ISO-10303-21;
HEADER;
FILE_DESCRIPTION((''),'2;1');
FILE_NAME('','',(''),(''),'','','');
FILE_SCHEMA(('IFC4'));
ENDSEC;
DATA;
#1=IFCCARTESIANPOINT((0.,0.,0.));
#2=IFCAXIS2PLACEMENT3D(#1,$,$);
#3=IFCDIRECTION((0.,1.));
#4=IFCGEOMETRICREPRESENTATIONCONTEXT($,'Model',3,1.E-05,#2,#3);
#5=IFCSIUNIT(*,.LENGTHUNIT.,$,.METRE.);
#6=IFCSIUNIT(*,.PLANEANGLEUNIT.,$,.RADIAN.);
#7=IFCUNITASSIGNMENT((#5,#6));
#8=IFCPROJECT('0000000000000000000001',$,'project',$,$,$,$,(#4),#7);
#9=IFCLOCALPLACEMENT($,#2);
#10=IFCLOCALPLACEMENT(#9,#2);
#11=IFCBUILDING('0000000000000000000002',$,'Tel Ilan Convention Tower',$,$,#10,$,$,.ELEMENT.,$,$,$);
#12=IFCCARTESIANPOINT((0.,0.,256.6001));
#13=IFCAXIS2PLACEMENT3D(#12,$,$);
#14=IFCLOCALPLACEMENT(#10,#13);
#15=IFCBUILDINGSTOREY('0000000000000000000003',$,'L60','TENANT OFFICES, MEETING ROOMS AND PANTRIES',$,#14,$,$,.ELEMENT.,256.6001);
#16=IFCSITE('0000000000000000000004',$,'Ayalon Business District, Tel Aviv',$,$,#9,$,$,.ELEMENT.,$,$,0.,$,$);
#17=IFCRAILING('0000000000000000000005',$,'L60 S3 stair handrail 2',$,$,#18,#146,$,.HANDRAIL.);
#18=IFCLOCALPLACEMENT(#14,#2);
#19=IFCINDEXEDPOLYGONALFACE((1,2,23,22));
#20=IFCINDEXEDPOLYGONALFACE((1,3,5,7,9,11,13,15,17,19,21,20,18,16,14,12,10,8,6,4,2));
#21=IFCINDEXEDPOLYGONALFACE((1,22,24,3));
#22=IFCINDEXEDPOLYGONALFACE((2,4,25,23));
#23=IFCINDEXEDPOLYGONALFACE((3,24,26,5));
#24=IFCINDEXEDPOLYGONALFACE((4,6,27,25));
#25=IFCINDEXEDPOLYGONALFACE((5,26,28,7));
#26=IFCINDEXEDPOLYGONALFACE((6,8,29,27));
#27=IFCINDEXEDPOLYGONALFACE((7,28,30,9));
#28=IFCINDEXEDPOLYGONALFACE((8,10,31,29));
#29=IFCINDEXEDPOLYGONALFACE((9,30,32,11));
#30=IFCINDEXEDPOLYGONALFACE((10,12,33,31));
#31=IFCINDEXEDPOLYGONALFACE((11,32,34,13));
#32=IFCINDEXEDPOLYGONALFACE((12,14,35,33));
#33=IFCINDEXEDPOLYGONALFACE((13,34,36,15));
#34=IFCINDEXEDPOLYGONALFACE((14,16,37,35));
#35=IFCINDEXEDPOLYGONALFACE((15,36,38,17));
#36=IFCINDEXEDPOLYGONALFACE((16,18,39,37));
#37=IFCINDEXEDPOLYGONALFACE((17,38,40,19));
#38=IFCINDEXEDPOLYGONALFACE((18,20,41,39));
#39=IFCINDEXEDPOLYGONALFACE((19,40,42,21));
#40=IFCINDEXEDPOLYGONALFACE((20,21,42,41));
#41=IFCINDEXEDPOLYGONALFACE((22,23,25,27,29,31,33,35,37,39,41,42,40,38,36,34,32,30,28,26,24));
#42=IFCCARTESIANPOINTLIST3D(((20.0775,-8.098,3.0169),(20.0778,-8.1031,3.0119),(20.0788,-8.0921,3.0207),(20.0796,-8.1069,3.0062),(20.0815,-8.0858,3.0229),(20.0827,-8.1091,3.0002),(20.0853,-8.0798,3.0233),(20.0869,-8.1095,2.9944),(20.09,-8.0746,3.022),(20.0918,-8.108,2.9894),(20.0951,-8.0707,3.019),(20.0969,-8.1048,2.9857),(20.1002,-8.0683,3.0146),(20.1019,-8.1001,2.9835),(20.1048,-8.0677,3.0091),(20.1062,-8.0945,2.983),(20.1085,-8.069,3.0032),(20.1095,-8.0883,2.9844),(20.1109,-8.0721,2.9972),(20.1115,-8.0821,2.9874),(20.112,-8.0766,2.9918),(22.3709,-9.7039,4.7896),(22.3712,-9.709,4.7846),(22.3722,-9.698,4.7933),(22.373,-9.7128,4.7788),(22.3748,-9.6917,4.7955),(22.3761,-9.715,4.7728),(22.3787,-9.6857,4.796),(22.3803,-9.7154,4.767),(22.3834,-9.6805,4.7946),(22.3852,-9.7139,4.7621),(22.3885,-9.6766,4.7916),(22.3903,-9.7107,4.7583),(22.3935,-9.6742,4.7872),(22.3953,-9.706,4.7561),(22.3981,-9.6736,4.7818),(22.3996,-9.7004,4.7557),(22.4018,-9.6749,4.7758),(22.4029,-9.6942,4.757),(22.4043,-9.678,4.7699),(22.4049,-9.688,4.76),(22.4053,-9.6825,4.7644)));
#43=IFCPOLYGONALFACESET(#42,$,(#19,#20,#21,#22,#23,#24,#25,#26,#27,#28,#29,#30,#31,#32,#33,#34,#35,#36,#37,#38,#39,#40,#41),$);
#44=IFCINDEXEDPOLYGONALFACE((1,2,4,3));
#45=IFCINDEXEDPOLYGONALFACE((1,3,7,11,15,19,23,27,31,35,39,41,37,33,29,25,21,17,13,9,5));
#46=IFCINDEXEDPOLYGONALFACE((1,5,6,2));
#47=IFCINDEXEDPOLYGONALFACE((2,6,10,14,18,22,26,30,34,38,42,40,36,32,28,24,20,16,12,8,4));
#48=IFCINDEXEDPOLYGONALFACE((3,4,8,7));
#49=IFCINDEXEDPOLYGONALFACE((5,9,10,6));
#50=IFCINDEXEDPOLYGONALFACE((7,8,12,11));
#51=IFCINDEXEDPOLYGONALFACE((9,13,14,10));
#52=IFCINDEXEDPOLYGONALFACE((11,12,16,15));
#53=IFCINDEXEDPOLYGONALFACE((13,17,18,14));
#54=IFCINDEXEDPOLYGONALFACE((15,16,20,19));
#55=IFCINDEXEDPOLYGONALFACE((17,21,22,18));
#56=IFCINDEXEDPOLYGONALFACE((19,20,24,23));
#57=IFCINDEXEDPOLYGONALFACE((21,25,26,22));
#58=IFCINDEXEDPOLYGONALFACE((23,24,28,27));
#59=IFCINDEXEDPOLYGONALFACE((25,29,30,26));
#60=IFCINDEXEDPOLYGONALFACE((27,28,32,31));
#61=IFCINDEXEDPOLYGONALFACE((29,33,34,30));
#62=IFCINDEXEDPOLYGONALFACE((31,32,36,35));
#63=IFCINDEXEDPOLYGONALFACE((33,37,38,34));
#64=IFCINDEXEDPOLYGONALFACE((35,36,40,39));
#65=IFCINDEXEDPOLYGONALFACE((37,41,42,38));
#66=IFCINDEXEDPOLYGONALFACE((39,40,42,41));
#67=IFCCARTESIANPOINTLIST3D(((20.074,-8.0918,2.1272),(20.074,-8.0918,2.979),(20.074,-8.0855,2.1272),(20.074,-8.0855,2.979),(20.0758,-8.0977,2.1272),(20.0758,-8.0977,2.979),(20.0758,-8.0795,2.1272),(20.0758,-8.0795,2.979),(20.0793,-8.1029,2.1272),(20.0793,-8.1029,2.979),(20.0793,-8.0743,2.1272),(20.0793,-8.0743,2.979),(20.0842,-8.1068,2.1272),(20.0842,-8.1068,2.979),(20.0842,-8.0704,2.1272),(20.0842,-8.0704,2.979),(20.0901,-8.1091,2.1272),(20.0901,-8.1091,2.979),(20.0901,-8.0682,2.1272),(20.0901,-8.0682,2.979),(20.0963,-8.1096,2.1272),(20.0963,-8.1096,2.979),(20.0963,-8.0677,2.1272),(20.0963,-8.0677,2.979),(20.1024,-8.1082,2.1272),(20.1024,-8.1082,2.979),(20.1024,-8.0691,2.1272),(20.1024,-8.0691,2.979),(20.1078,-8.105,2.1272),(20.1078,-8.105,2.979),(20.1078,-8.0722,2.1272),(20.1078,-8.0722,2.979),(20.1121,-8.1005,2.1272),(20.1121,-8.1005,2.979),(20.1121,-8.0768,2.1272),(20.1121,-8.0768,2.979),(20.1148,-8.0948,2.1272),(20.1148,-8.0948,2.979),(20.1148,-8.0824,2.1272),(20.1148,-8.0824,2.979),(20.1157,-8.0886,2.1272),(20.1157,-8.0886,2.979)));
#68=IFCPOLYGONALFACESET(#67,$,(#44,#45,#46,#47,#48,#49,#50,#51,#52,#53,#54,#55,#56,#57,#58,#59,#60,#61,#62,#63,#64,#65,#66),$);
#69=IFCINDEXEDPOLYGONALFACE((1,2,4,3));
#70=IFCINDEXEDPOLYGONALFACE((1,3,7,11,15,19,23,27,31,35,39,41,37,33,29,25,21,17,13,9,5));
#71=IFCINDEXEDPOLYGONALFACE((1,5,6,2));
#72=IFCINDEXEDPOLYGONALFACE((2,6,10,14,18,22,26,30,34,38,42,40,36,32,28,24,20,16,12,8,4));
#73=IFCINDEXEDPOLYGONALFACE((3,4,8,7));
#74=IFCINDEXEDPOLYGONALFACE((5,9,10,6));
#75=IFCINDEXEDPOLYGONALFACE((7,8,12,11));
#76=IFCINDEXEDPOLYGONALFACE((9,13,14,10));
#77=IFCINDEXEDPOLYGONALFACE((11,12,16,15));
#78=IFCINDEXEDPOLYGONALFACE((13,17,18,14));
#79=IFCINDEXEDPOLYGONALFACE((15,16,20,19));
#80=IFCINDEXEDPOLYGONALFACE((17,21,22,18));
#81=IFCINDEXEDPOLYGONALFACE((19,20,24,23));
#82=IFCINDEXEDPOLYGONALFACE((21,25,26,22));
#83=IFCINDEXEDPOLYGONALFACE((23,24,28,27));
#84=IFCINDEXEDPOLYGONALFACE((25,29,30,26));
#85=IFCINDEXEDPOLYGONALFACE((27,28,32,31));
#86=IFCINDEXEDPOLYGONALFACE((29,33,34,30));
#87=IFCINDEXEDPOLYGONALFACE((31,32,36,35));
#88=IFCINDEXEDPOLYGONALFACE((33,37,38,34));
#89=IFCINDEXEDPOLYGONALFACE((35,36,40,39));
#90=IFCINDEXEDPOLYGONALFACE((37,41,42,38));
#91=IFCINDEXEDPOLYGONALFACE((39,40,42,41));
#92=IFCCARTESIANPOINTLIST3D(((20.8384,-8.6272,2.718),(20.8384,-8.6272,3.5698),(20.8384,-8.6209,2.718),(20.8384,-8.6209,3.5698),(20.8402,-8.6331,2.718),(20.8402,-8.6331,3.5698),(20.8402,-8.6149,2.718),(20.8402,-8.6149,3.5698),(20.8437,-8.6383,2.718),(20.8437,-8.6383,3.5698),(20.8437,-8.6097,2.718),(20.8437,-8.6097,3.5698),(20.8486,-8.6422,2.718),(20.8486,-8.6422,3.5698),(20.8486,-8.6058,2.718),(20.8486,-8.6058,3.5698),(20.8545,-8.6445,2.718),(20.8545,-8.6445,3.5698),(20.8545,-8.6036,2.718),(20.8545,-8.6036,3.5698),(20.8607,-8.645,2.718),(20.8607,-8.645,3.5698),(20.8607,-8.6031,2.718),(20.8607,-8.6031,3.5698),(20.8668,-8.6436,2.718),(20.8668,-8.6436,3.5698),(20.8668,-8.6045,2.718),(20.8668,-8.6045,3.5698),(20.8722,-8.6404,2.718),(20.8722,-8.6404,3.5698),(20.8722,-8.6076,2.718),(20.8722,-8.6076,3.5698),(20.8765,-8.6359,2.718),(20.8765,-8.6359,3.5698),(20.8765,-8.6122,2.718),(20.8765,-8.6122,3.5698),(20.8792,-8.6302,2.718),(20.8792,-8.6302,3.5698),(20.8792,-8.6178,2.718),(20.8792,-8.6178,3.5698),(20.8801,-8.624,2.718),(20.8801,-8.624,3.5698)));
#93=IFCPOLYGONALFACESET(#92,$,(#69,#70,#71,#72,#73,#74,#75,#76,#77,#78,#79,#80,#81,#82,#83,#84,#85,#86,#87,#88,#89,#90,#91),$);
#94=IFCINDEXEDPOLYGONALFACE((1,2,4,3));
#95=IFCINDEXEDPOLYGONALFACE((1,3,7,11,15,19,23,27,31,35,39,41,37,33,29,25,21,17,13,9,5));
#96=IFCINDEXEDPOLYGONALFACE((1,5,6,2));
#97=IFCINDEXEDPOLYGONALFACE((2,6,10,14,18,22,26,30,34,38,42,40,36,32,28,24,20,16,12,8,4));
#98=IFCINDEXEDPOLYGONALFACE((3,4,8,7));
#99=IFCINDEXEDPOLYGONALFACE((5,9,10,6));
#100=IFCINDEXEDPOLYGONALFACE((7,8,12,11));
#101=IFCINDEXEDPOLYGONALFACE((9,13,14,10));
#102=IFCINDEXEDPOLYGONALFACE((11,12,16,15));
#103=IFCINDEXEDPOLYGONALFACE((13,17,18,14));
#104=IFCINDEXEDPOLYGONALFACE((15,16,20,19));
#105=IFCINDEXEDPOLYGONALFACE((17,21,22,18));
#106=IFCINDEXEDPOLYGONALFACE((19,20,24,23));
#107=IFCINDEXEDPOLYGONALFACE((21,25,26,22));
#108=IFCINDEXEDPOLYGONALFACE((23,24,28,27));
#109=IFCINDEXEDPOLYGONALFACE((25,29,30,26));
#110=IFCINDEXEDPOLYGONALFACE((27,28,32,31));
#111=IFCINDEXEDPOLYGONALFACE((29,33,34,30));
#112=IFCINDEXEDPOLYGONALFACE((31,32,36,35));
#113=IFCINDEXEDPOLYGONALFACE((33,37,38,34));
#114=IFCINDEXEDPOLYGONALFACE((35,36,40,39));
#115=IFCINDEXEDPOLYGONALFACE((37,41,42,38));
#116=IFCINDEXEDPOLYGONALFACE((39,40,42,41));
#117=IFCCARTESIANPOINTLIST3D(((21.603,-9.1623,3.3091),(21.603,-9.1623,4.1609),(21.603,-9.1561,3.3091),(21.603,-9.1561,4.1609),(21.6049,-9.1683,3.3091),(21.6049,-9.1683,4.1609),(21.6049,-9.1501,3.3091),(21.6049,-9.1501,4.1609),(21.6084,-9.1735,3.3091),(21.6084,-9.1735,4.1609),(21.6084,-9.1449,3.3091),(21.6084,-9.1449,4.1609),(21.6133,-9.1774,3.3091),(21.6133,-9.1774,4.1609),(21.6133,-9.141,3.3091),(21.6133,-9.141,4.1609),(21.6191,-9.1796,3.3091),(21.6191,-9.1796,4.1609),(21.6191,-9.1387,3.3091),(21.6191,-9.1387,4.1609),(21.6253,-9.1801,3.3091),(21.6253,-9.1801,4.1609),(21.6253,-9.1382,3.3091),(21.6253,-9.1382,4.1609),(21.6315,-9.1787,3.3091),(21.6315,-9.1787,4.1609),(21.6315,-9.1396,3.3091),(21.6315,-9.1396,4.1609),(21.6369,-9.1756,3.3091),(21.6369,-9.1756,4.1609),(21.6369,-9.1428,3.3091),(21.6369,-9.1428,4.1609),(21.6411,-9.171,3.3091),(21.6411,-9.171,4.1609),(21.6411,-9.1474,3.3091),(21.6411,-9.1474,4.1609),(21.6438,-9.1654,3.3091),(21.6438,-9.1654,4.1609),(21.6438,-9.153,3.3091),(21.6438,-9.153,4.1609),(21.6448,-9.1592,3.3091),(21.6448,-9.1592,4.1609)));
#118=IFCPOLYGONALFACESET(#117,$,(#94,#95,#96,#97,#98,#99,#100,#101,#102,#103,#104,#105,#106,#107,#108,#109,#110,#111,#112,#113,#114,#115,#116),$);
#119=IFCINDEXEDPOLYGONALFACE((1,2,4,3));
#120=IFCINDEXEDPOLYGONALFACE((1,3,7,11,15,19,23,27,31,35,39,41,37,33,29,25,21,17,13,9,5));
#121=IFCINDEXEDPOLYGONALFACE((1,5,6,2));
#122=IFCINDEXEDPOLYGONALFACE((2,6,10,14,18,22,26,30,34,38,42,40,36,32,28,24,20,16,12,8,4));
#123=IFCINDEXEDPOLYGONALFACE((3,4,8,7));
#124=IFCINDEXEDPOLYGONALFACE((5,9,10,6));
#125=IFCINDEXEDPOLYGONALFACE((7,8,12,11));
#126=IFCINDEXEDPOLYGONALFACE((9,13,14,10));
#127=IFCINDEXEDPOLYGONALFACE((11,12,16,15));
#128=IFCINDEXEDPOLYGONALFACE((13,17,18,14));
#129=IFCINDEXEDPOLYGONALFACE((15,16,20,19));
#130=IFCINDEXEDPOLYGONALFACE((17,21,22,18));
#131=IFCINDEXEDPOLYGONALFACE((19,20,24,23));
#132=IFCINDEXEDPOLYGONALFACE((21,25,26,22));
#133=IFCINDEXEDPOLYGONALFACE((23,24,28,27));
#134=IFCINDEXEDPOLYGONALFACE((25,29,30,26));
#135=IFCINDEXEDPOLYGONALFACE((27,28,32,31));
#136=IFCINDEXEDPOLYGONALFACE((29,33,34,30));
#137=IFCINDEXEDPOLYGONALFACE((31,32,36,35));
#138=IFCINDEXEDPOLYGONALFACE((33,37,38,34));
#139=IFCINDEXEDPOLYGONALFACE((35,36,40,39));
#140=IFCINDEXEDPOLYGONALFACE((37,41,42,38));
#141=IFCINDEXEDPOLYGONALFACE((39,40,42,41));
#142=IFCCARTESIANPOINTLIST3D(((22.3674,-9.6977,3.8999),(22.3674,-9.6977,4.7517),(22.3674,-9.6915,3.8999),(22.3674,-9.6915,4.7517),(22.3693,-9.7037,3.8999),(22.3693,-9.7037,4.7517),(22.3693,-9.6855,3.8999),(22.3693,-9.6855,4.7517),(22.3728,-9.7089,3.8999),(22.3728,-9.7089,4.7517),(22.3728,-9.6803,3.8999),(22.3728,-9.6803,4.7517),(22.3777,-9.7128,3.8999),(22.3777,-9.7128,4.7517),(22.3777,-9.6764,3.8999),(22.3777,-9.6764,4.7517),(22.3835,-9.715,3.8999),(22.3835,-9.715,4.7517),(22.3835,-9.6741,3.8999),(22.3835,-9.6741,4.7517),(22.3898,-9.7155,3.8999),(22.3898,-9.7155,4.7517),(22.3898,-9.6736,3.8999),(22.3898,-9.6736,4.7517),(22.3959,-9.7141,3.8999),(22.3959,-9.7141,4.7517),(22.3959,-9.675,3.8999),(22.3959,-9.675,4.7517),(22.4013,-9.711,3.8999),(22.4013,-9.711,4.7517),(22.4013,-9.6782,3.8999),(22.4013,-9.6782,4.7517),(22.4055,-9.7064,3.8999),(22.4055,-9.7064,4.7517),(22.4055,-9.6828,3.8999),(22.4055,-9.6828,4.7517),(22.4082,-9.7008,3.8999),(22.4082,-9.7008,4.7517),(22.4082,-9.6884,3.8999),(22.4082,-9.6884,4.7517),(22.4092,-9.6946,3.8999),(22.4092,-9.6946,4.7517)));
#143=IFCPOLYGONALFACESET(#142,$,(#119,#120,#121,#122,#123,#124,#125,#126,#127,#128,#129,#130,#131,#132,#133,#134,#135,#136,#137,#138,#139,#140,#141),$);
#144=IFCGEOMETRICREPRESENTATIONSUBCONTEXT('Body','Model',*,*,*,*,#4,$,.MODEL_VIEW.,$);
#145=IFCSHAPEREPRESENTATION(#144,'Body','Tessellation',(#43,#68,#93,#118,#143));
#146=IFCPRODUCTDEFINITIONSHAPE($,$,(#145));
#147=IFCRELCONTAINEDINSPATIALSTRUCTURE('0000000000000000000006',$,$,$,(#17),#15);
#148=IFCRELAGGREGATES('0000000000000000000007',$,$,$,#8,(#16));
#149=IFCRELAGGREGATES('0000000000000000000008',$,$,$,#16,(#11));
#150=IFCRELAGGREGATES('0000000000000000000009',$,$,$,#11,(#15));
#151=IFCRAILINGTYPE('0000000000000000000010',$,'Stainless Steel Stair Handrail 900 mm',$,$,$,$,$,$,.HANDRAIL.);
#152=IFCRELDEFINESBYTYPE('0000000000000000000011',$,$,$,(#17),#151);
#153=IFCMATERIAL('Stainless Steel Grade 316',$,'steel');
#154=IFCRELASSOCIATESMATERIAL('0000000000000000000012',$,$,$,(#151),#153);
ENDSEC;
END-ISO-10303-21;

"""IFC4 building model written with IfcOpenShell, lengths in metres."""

from ifc_helpers import new_model, si_unit, direction, frame, origin, origin_2d, place, context, subcontext, project, spatial, circle, extrude, material, type_object, element, save


model = new_model("IFC4")

# Units and contexts
model_context = context("Model", 3, precision=1e-05, world=origin(), true_north=direction((0.0, 1.0)))
body_context = subcontext(model_context, "Body", "Model", "MODEL_VIEW")
ifc_project = project(units=[si_unit("LENGTHUNIT", "METRE"), si_unit("PLANEANGLEUNIT", "RADIAN")], contexts=[model_context])

# Site, building, storey
site_placement = place(None, origin())
site = spatial("IfcSite", under=ifc_project, at=site_placement, Name="Ayalon Business District, Tel Aviv", CompositionType="ELEMENT", RefElevation=0.0)
building_placement = place(site_placement, origin())
building = spatial("IfcBuilding", under=site, at=building_placement, Name="Tel Ilan Convention Tower", CompositionType="ELEMENT")
storey_placement = place(building_placement, frame((0.0, 0.0, 256.6001)))
storey = spatial("IfcBuildingStorey", under=building, at=storey_placement, Name="L60", Description="TENANT OFFICES, MEETING ROOMS AND PANTRIES", CompositionType="ELEMENT", Elevation=256.6001)

# Railing
ifc_material_1 = material(Name="Stainless Steel Grade 316", Category="steel")
railing_type_1 = type_object("IfcRailingType", Name="Stainless Steel Stair Handrail 900 mm", PredefinedType="HANDRAIL", material=ifc_material_1)
railing_1_placement = place(storey_placement, frame((20.0947, -8.0886, 2.1272)))
element("IfcRailing", 1, at=railing_1_placement, inside=storey, type_object=railing_type_1, Name="L60 S3 stair handrail 2", PredefinedType="HANDRAIL", context=body_context, shape_type="SweptSolid", body=[
    extrude(circle(Radius=0.0239, at=origin_2d()), frame((0.0, 0.0, 0.876), z_axis=(0.692085, -0.484621, 0.53494), x_axis=(0.573591, 0.819142, 0.0)), (0.0, 0.0, 1.0), 3.3137),
    extrude(circle(Radius=0.021, at=origin_2d()), origin(), (0.0, 0.0, 1.0), 0.8518),
    extrude(circle(Radius=0.021, at=origin_2d()), frame((0.7644, -0.5354, 0.5908)), (0.0, 0.0, 1.0), 0.8518),
    extrude(circle(Radius=0.021, at=origin_2d()), frame((1.5291, -1.0706, 1.1819)), (0.0, 0.0, 1.0), 0.8518),
    extrude(circle(Radius=0.021, at=origin_2d()), frame((2.2935, -1.606, 1.7727)), (0.0, 0.0, 1.0), 0.8518),
])

save(model, "model.ifc")
